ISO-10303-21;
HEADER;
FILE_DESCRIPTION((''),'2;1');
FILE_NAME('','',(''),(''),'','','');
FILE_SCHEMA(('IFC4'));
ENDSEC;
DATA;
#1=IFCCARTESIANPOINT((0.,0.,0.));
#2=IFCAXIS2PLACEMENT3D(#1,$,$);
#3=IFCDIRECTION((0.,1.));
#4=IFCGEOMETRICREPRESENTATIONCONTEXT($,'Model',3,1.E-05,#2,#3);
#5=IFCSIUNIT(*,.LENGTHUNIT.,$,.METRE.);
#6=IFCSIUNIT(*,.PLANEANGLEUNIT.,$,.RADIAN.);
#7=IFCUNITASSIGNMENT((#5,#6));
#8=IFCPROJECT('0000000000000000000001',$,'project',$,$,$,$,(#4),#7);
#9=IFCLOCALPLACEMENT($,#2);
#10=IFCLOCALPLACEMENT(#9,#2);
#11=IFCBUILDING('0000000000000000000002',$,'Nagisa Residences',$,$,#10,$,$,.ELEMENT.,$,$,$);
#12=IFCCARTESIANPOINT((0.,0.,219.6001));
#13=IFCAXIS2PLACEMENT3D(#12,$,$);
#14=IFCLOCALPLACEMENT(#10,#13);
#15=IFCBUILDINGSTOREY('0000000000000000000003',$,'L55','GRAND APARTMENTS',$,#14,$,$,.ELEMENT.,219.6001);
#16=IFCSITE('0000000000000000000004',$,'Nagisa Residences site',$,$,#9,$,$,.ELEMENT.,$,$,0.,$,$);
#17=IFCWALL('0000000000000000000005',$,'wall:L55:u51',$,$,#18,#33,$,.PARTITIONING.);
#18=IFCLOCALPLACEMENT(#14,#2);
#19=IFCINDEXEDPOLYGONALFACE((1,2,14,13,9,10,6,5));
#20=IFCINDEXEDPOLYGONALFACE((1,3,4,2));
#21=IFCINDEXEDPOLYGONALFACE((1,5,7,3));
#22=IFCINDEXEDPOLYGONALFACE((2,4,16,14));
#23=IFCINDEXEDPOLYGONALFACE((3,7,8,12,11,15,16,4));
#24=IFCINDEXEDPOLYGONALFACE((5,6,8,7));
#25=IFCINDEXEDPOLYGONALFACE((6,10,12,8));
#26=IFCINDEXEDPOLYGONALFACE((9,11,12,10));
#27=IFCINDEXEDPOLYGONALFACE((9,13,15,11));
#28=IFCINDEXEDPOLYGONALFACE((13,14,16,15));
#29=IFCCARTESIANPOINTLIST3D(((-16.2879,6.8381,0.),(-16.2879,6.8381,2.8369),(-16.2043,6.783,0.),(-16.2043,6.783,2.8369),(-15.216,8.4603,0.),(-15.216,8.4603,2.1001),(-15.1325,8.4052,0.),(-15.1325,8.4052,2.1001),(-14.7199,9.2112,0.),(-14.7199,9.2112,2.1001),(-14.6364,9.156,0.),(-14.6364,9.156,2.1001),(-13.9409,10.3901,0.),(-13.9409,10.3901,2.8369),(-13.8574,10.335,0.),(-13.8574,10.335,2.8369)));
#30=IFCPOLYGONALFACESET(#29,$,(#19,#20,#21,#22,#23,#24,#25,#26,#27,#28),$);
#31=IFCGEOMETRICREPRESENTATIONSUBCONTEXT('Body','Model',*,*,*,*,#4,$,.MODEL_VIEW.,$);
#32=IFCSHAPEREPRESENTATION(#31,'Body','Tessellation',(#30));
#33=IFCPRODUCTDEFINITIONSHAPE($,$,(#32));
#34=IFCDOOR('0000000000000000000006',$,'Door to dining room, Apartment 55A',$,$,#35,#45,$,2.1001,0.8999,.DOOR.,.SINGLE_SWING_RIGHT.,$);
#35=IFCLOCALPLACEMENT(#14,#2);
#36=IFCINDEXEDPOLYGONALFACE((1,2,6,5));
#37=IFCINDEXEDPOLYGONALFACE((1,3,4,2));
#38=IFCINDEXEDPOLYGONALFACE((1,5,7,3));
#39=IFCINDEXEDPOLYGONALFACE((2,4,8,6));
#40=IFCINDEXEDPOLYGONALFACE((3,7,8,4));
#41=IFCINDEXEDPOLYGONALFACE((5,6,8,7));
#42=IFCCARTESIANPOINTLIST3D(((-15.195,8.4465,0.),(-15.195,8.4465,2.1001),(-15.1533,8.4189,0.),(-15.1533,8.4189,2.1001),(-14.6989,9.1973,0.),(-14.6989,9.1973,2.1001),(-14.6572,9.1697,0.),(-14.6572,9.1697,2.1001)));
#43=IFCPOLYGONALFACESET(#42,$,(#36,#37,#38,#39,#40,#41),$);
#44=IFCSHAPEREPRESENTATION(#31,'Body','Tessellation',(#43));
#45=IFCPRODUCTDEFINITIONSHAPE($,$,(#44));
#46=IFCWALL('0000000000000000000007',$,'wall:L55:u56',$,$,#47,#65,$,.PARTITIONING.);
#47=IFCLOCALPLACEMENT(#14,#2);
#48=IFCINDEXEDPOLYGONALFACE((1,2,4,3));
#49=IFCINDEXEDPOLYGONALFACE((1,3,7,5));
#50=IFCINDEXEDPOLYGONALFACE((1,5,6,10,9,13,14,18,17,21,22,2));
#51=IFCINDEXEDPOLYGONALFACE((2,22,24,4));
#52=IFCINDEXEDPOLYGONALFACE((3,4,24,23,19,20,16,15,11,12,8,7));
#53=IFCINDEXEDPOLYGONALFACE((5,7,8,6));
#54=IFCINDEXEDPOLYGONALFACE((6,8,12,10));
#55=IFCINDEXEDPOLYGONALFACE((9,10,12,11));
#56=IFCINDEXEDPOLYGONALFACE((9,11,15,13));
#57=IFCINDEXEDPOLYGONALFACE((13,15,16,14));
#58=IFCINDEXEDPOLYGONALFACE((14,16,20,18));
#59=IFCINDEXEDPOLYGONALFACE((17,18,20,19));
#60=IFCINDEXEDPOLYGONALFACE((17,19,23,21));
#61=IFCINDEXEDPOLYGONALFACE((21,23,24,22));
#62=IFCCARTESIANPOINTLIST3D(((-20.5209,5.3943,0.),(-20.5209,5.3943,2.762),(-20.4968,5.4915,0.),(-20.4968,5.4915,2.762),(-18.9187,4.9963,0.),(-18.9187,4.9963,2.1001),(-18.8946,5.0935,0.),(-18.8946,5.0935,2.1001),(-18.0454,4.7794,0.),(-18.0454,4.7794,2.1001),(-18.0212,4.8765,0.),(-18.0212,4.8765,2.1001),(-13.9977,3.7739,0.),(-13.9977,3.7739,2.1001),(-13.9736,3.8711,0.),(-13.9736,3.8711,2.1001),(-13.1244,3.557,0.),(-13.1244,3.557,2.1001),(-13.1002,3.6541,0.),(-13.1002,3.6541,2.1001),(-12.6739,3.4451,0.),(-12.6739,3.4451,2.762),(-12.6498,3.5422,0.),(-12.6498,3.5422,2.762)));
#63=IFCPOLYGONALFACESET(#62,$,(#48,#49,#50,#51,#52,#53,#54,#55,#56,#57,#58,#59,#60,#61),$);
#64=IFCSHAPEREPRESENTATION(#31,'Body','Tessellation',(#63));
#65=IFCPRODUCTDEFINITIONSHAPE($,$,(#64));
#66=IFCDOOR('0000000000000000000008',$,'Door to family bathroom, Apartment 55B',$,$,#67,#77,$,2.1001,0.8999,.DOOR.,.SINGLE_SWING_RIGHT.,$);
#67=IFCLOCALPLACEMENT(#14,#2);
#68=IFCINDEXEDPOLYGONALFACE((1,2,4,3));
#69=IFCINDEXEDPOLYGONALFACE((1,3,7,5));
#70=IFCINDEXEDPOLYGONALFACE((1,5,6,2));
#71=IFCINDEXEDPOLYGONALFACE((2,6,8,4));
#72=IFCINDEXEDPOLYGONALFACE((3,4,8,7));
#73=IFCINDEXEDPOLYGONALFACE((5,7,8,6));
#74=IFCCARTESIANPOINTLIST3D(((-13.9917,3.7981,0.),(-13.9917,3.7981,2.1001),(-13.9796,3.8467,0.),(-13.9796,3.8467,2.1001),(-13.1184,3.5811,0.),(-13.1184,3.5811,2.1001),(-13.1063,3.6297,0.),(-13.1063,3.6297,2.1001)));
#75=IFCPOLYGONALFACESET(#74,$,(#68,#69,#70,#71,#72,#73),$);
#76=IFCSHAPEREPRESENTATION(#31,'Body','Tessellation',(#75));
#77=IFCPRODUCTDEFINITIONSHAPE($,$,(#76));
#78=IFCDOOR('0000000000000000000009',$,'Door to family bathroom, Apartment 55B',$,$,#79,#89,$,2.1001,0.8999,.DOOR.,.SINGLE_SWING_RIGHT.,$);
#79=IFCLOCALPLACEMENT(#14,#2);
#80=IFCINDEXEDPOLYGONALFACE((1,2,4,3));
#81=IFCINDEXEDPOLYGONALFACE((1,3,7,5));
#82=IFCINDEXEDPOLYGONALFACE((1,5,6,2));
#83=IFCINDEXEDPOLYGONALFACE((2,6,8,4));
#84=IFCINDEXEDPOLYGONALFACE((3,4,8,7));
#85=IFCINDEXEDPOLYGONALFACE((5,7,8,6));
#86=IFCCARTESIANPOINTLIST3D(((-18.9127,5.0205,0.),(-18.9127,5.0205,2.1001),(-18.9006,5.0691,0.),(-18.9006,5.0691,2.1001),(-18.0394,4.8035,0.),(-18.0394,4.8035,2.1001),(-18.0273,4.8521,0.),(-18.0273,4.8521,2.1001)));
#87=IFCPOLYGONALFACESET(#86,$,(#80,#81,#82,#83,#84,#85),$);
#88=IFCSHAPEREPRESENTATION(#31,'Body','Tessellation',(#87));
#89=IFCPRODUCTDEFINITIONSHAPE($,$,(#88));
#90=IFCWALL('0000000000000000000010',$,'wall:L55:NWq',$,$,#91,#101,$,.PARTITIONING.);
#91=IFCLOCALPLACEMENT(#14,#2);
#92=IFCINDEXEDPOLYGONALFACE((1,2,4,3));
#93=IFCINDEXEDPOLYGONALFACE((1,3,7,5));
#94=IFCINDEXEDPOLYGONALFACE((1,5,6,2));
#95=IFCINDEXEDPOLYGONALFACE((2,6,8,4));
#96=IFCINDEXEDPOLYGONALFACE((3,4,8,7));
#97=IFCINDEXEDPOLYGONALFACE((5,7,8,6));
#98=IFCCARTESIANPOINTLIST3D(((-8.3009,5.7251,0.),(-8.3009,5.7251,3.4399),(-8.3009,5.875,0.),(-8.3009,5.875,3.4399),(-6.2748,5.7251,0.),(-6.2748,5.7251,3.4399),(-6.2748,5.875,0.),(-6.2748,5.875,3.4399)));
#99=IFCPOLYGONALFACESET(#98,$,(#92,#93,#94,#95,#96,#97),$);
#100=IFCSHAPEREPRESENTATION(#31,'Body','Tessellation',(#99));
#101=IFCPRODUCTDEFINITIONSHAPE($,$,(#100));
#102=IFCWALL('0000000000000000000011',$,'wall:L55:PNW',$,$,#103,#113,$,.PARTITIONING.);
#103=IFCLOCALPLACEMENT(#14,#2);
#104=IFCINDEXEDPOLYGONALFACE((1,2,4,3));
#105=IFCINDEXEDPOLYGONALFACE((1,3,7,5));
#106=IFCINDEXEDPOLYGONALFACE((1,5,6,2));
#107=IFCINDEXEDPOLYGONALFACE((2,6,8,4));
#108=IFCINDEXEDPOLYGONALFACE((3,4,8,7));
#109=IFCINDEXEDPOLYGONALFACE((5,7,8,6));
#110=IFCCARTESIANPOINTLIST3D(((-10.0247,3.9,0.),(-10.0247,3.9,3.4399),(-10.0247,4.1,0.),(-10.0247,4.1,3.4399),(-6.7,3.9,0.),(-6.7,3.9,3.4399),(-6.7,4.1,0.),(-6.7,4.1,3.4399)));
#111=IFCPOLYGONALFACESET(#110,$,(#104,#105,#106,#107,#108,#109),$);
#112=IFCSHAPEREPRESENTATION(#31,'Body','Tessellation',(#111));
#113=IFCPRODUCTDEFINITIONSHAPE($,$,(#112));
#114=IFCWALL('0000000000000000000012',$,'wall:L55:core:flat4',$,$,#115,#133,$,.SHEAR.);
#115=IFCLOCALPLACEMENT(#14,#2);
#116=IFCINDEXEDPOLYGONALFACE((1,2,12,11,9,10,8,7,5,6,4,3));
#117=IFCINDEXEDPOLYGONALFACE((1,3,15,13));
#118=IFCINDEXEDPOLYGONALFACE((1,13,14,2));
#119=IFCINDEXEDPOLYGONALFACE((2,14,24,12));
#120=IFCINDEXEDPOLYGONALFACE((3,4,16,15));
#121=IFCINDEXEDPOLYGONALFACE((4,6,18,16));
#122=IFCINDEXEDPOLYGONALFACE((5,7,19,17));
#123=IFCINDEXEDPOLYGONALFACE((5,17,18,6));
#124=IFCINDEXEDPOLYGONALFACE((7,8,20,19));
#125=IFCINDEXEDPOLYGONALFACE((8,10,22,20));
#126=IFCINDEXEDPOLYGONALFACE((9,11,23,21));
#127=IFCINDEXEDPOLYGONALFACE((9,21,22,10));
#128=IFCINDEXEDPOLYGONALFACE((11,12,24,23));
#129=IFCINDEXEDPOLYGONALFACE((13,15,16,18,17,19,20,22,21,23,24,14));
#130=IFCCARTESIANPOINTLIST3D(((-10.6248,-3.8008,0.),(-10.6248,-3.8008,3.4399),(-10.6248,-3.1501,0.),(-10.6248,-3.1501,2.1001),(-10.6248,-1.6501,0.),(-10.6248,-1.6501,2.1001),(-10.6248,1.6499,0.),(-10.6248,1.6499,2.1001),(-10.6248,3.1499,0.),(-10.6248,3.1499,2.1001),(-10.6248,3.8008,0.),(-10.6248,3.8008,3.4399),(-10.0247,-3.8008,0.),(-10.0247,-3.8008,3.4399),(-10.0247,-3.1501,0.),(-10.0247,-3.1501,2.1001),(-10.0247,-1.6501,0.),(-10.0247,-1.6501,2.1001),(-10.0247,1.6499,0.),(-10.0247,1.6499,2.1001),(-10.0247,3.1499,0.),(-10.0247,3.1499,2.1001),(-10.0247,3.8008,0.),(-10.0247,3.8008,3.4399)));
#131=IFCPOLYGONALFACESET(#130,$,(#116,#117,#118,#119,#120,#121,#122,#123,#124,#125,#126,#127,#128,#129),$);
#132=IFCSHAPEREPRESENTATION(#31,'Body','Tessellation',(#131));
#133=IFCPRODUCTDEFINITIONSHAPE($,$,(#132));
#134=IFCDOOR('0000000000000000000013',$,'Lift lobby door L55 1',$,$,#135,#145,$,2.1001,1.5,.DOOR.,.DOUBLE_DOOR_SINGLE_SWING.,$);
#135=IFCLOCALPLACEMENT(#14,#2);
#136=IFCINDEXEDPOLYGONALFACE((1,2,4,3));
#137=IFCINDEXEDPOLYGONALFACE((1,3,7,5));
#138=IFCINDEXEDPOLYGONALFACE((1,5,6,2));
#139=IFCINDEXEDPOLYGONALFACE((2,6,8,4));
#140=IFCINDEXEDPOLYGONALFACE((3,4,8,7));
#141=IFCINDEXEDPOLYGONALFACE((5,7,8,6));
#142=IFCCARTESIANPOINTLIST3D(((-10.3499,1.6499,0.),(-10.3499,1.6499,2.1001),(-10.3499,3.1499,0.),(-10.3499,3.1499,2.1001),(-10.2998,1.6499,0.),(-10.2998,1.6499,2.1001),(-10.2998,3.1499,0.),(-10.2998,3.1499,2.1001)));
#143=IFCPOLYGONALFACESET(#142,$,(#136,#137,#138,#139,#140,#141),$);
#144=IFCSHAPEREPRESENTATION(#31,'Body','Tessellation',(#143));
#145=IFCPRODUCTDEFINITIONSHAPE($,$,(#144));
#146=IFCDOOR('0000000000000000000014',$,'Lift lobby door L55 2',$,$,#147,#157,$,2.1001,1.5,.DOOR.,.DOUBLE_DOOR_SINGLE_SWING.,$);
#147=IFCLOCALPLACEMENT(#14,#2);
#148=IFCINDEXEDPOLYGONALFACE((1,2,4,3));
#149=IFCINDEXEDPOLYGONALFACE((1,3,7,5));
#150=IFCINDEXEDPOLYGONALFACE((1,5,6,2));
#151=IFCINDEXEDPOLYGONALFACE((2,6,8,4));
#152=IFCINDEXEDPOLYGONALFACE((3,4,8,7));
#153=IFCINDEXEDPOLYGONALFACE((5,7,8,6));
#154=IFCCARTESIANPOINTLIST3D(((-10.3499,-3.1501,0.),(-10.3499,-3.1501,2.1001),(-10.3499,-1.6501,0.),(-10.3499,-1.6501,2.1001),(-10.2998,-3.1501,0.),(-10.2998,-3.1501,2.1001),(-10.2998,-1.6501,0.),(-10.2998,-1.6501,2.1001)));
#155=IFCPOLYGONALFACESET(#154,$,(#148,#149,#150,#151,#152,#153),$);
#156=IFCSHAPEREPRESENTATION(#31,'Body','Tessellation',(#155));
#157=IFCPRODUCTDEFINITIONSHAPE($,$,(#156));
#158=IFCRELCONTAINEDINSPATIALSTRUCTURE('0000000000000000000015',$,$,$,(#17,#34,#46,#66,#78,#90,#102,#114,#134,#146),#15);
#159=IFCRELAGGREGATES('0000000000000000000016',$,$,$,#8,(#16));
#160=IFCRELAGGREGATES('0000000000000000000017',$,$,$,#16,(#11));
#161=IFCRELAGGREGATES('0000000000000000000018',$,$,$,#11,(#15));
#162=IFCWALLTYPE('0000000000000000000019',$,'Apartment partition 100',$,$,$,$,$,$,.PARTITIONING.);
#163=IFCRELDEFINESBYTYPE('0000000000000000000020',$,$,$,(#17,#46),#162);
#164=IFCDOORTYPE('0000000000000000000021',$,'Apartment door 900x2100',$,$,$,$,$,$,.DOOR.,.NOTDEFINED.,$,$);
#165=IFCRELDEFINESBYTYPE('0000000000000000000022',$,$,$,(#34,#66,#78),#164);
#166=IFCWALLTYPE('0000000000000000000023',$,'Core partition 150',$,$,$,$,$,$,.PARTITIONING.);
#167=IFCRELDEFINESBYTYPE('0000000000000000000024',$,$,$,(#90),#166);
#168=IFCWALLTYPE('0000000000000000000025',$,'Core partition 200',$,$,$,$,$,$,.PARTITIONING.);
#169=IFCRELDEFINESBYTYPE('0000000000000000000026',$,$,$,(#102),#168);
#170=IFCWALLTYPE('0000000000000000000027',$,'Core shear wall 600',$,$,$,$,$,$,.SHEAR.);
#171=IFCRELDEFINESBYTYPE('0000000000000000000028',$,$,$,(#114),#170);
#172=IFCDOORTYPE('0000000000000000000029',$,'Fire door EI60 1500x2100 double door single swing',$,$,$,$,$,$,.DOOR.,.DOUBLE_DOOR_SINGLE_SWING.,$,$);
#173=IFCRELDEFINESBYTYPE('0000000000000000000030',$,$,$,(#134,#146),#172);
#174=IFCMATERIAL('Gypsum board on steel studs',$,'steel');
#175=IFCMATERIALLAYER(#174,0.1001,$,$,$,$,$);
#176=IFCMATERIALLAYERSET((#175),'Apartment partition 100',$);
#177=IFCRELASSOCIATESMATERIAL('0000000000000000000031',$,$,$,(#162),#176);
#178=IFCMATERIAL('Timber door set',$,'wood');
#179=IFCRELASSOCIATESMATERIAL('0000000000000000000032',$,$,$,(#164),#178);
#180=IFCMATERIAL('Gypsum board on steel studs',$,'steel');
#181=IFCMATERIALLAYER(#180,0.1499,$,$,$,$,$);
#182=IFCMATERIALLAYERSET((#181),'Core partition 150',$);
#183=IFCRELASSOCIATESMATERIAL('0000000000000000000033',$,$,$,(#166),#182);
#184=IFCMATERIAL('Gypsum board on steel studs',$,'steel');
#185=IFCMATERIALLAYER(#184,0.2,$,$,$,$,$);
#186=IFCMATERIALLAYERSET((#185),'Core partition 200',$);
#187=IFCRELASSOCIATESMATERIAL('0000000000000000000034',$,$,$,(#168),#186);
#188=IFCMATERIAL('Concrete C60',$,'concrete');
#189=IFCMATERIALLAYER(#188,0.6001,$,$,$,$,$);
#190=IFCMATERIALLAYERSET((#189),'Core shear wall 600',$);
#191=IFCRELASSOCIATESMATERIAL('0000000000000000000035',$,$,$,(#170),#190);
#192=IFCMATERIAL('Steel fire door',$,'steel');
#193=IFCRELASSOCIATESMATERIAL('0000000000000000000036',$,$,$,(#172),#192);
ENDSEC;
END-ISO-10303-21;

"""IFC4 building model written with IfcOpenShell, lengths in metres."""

from ifc_helpers import new_model, si_unit, direction, frame, frame_2d, origin, place, context, subcontext, project, spatial, rectangle, extrude, material, layer, layer_set, type_object, element, fill, save


model = new_model("IFC4")

# Units and contexts
model_context = context("Model", 3, precision=1e-05, world=origin(), true_north=direction((0.0, 1.0)))
body_context = subcontext(model_context, "Body", "Model", "MODEL_VIEW")
ifc_project = project(units=[si_unit("LENGTHUNIT", "METRE"), si_unit("PLANEANGLEUNIT", "RADIAN")], contexts=[model_context])

# Site, building, storey
site_placement = place(None, origin())
site = spatial("IfcSite", under=ifc_project, at=site_placement, Name="Nagisa Residences site", CompositionType="ELEMENT", RefElevation=0.0)
building_placement = place(site_placement, origin())
building = spatial("IfcBuilding", under=site, at=building_placement, Name="Nagisa Residences", CompositionType="ELEMENT")
storey_placement = place(building_placement, frame((0.0, 0.0, 219.6001)))
storey = spatial("IfcBuildingStorey", under=building, at=storey_placement, Name="L55", Description="GRAND APARTMENTS", CompositionType="ELEMENT", Elevation=219.6001)

# Shared definitions
ifc_material_1 = material(Name="Gypsum board on steel studs", Category="steel")
ifc_layer_1 = layer(ifc_material_1, 0.1001)
ifc_layer_set_1 = layer_set([ifc_layer_1], Name="Apartment partition 100")
wall_type_1 = type_object("IfcWallType", Name="Apartment partition 100", PredefinedType="PARTITIONING", material=ifc_layer_set_1)
ifc_material_2 = material(Name="Timber door set", Category="wood")
door_type_1 = type_object("IfcDoorType", Name="Apartment door 900x2100", OperationType="NOTDEFINED", PredefinedType="DOOR", material=ifc_material_2)

# Wall, opening, door
wall_1_placement = place(storey_placement, frame((-13.8992, 10.3625, 0.0), z_axis=(0.0, 0.0, 1.0), x_axis=(-0.551268, -0.834328, 0.0)))
wall_1 = element("IfcWall", 1, at=wall_1_placement, inside=storey, type_object=wall_type_1, Name="wall:L55:u51", PredefinedType="PARTITIONING", context=body_context, shape_type="SweptSolid", body=[
    extrude(rectangle(XDim=4.2573, YDim=0.1001, at=frame_2d((2.1287, 0.0))), origin(), (0.0, 0.0, 1.0), 2.8369),
])
opening_1_placement = place(wall_1_placement, frame((1.4131, 0.0, 0.0)))
opening_1 = element("IfcOpeningElement", 2, at=opening_1_placement, cuts=wall_1, PredefinedType="OPENING", context=body_context, shape_type="SweptSolid", body=[
    extrude(rectangle(XDim=0.8999, YDim=2.1001, at=frame_2d((0.45, 1.05))), frame((0.0, 0.0601, 0.0), z_axis=(0.0, -1.0, 0.0), x_axis=(1.0, 0.0, 0.0)), (0.0, 0.0, 1.0), 0.1201),
])
door_1_placement = place(opening_1_placement, frame((0.8999, 0.0, 0.0), x_axis=(-1.0, 0.0, 0.0)))
door_1 = element("IfcDoor", 3, at=door_1_placement, inside=storey, type_object=door_type_1, Name="Door to dining room, Apartment 55A", OperationType="SINGLE_SWING_RIGHT", OverallHeight=2.1001, OverallWidth=0.8999, PredefinedType="DOOR", context=body_context, shape_type="SweptSolid", body=[
    extrude(rectangle(XDim=0.8999, YDim=2.1001, at=frame_2d((0.45, 1.05))), frame((0.0, 0.0249, 0.0), z_axis=(0.0, -1.0, 0.0), x_axis=(1.0, 0.0, 0.0)), (0.0, 0.0, 1.0), 0.05),
])
fill(opening_1, door_1)

# Wall, openings, doors
wall_2_placement = place(storey_placement, frame((-12.6619, 3.4937, 0.0), z_axis=(0.0, 0.0, 1.0), x_axis=(-0.970506, 0.241079, 0.0)))
wall_2 = element("IfcWall", 4, at=wall_2_placement, inside=storey, type_object=wall_type_1, Name="wall:L55:u56", PredefinedType="PARTITIONING", context=body_context, shape_type="SweptSolid", body=[
    extrude(rectangle(XDim=8.0854, YDim=0.1001, at=frame_2d((4.0427, 0.0))), origin(), (0.0, 0.0, 1.0), 2.762),
])
opening_2_placement = place(wall_2_placement, frame((0.4641, 0.0, 0.0)))
opening_2 = element("IfcOpeningElement", 5, at=opening_2_placement, cuts=wall_2, PredefinedType="OPENING", context=body_context, shape_type="SweptSolid", body=[
    extrude(rectangle(XDim=0.8999, YDim=2.1001, at=frame_2d((0.45, 1.05))), frame((0.0, 0.0601, 0.0), z_axis=(0.0, -1.0, 0.0), x_axis=(1.0, 0.0, 0.0)), (0.0, 0.0, 1.0), 0.1201),
])
opening_3_placement = place(wall_2_placement, frame((5.5347, 0.0, 0.0)))
opening_3 = element("IfcOpeningElement", 6, at=opening_3_placement, cuts=wall_2, PredefinedType="OPENING", context=body_context, shape_type="SweptSolid", body=[
    extrude(rectangle(XDim=0.8999, YDim=2.1001, at=frame_2d((0.45, 1.05))), frame((0.0, 0.0601, 0.0), z_axis=(0.0, -1.0, 0.0), x_axis=(1.0, 0.0, 0.0)), (0.0, 0.0, 1.0), 0.1201),
])
door_2_placement = place(opening_2_placement, frame((0.8999, 0.0, 0.0), x_axis=(-1.0, 0.0, 0.0)))
door_2 = element("IfcDoor", 7, at=door_2_placement, inside=storey, type_object=door_type_1, Name="Door to family bathroom, Apartment 55B", OperationType="SINGLE_SWING_RIGHT", OverallHeight=2.1001, OverallWidth=0.8999, PredefinedType="DOOR", context=body_context, shape_type="SweptSolid", body=[
    extrude(rectangle(XDim=0.8999, YDim=2.1001, at=frame_2d((0.45, 1.05))), frame((0.0, 0.0249, 0.0), z_axis=(0.0, -1.0, 0.0), x_axis=(1.0, 0.0, 0.0)), (0.0, 0.0, 1.0), 0.05),
])
fill(opening_2, door_2)
door_3_placement = place(opening_3_placement, frame((0.8999, 0.0, 0.0), x_axis=(-1.0, 0.0, 0.0)))
door_3 = element("IfcDoor", 8, at=door_3_placement, inside=storey, type_object=door_type_1, Name="Door to family bathroom, Apartment 55B", OperationType="SINGLE_SWING_RIGHT", OverallHeight=2.1001, OverallWidth=0.8999, PredefinedType="DOOR", context=body_context, shape_type="SweptSolid", body=[
    extrude(rectangle(XDim=0.8999, YDim=2.1001, at=frame_2d((0.45, 1.05))), frame((0.0, 0.0249, 0.0), z_axis=(0.0, -1.0, 0.0), x_axis=(1.0, 0.0, 0.0)), (0.0, 0.0, 1.0), 0.05),
])
fill(opening_3, door_3)

# Walls
ifc_material_3 = material(Name="Gypsum board on steel studs", Category="steel")
ifc_layer_2 = layer(ifc_material_3, 0.1499)
ifc_layer_set_2 = layer_set([ifc_layer_2], Name="Core partition 150")
wall_type_2 = type_object("IfcWallType", Name="Core partition 150", PredefinedType="PARTITIONING", material=ifc_layer_set_2)
wall_3_placement = place(storey_placement, frame((-8.301, 5.8, 0.0), z_axis=(0.0, 0.0, 1.0), x_axis=(1.0, 0.0, 0.0)))
element("IfcWall", 9, at=wall_3_placement, inside=storey, type_object=wall_type_2, Name="wall:L55:NWq", PredefinedType="PARTITIONING", context=body_context, shape_type="SweptSolid", body=[
    extrude(rectangle(XDim=2.0261, YDim=0.1499, at=frame_2d((1.0132, 0.0))), origin(), (0.0, 0.0, 1.0), 3.4399),
])
ifc_material_4 = material(Name="Gypsum board on steel studs", Category="steel")
ifc_layer_3 = layer(ifc_material_4, 0.2)
ifc_layer_set_3 = layer_set([ifc_layer_3], Name="Core partition 200")
wall_type_3 = type_object("IfcWallType", Name="Core partition 200", PredefinedType="PARTITIONING", material=ifc_layer_set_3)
wall_4_placement = place(storey_placement, frame((-10.0247, 4.0, 0.0), z_axis=(0.0, 0.0, 1.0), x_axis=(1.0, 0.0, 0.0)))
element("IfcWall", 10, at=wall_4_placement, inside=storey, type_object=wall_type_3, Name="wall:L55:PNW", PredefinedType="PARTITIONING", context=body_context, shape_type="SweptSolid", body=[
    extrude(rectangle(XDim=3.3247, YDim=0.2, at=frame_2d((1.6624, 0.0))), origin(), (0.0, 0.0, 1.0), 3.4399),
])

# Wall, openings, doors
ifc_material_5 = material(Name="Concrete C60", Category="concrete")
ifc_layer_4 = layer(ifc_material_5, 0.6001)
ifc_layer_set_4 = layer_set([ifc_layer_4], Name="Core shear wall 600")
wall_type_4 = type_object("IfcWallType", Name="Core shear wall 600", PredefinedType="SHEAR", material=ifc_layer_set_4)
wall_5_placement = place(storey_placement, frame((-10.3247, 3.8008, 0.0), z_axis=(0.0, 0.0, 1.0), x_axis=(0.0, -1.0, 0.0)))
wall_5 = element("IfcWall", 11, at=wall_5_placement, inside=storey, type_object=wall_type_4, Name="wall:L55:core:flat4", PredefinedType="SHEAR", context=body_context, shape_type="SweptSolid", body=[
    extrude(rectangle(XDim=7.6016, YDim=0.6001, at=frame_2d((3.8008, 0.0))), origin(), (0.0, 0.0, 1.0), 3.4399),
])
opening_4_placement = place(wall_5_placement, frame((0.6509, 0.0, 0.0)))
opening_4 = element("IfcOpeningElement", 12, at=opening_4_placement, cuts=wall_5, PredefinedType="OPENING", context=body_context, shape_type="SweptSolid", body=[
    extrude(rectangle(XDim=1.5, YDim=2.1001, at=frame_2d((0.75, 1.05))), frame((0.0, 0.3101, 0.0), z_axis=(0.0, -1.0, 0.0), x_axis=(1.0, 0.0, 0.0)), (0.0, 0.0, 1.0), 0.6201),
])
opening_5_placement = place(wall_5_placement, frame((5.4509, 0.0, 0.0)))
opening_5 = element("IfcOpeningElement", 13, at=opening_5_placement, cuts=wall_5, PredefinedType="OPENING", context=body_context, shape_type="SweptSolid", body=[
    extrude(rectangle(XDim=1.5, YDim=2.1001, at=frame_2d((0.75, 1.05))), frame((0.0, 0.3101, 0.0), z_axis=(0.0, -1.0, 0.0), x_axis=(1.0, 0.0, 0.0)), (0.0, 0.0, 1.0), 0.6201),
])
ifc_material_6 = material(Name="Steel fire door", Category="steel")
door_type_2 = type_object("IfcDoorType", Name="Fire door EI60 1500x2100 double door single swing", OperationType="DOUBLE_DOOR_SINGLE_SWING", PredefinedType="DOOR", material=ifc_material_6)
door_4_placement = place(opening_4_placement, origin())
door_4 = element("IfcDoor", 14, at=door_4_placement, inside=storey, type_object=door_type_2, Name="Lift lobby door L55 1", OperationType="DOUBLE_DOOR_SINGLE_SWING", OverallHeight=2.1001, OverallWidth=1.5, PredefinedType="DOOR", context=body_context, shape_type="SweptSolid", body=[
    extrude(rectangle(XDim=1.5, YDim=2.1001, at=frame_2d((0.75, 1.05))), frame((0.0, 0.0249, 0.0), z_axis=(0.0, -1.0, 0.0), x_axis=(1.0, 0.0, 0.0)), (0.0, 0.0, 1.0), 0.05),
])
fill(opening_4, door_4)
door_5_placement = place(opening_5_placement, origin())
door_5 = element("IfcDoor", 15, at=door_5_placement, inside=storey, type_object=door_type_2, Name="Lift lobby door L55 2", OperationType="DOUBLE_DOOR_SINGLE_SWING", OverallHeight=2.1001, OverallWidth=1.5, PredefinedType="DOOR", context=body_context, shape_type="SweptSolid", body=[
    extrude(rectangle(XDim=1.5, YDim=2.1001, at=frame_2d((0.75, 1.05))), frame((0.0, 0.0249, 0.0), z_axis=(0.0, -1.0, 0.0), x_axis=(1.0, 0.0, 0.0)), (0.0, 0.0, 1.0), 0.05),
])
fill(opening_5, door_5)

save(model, "model.ifc")
